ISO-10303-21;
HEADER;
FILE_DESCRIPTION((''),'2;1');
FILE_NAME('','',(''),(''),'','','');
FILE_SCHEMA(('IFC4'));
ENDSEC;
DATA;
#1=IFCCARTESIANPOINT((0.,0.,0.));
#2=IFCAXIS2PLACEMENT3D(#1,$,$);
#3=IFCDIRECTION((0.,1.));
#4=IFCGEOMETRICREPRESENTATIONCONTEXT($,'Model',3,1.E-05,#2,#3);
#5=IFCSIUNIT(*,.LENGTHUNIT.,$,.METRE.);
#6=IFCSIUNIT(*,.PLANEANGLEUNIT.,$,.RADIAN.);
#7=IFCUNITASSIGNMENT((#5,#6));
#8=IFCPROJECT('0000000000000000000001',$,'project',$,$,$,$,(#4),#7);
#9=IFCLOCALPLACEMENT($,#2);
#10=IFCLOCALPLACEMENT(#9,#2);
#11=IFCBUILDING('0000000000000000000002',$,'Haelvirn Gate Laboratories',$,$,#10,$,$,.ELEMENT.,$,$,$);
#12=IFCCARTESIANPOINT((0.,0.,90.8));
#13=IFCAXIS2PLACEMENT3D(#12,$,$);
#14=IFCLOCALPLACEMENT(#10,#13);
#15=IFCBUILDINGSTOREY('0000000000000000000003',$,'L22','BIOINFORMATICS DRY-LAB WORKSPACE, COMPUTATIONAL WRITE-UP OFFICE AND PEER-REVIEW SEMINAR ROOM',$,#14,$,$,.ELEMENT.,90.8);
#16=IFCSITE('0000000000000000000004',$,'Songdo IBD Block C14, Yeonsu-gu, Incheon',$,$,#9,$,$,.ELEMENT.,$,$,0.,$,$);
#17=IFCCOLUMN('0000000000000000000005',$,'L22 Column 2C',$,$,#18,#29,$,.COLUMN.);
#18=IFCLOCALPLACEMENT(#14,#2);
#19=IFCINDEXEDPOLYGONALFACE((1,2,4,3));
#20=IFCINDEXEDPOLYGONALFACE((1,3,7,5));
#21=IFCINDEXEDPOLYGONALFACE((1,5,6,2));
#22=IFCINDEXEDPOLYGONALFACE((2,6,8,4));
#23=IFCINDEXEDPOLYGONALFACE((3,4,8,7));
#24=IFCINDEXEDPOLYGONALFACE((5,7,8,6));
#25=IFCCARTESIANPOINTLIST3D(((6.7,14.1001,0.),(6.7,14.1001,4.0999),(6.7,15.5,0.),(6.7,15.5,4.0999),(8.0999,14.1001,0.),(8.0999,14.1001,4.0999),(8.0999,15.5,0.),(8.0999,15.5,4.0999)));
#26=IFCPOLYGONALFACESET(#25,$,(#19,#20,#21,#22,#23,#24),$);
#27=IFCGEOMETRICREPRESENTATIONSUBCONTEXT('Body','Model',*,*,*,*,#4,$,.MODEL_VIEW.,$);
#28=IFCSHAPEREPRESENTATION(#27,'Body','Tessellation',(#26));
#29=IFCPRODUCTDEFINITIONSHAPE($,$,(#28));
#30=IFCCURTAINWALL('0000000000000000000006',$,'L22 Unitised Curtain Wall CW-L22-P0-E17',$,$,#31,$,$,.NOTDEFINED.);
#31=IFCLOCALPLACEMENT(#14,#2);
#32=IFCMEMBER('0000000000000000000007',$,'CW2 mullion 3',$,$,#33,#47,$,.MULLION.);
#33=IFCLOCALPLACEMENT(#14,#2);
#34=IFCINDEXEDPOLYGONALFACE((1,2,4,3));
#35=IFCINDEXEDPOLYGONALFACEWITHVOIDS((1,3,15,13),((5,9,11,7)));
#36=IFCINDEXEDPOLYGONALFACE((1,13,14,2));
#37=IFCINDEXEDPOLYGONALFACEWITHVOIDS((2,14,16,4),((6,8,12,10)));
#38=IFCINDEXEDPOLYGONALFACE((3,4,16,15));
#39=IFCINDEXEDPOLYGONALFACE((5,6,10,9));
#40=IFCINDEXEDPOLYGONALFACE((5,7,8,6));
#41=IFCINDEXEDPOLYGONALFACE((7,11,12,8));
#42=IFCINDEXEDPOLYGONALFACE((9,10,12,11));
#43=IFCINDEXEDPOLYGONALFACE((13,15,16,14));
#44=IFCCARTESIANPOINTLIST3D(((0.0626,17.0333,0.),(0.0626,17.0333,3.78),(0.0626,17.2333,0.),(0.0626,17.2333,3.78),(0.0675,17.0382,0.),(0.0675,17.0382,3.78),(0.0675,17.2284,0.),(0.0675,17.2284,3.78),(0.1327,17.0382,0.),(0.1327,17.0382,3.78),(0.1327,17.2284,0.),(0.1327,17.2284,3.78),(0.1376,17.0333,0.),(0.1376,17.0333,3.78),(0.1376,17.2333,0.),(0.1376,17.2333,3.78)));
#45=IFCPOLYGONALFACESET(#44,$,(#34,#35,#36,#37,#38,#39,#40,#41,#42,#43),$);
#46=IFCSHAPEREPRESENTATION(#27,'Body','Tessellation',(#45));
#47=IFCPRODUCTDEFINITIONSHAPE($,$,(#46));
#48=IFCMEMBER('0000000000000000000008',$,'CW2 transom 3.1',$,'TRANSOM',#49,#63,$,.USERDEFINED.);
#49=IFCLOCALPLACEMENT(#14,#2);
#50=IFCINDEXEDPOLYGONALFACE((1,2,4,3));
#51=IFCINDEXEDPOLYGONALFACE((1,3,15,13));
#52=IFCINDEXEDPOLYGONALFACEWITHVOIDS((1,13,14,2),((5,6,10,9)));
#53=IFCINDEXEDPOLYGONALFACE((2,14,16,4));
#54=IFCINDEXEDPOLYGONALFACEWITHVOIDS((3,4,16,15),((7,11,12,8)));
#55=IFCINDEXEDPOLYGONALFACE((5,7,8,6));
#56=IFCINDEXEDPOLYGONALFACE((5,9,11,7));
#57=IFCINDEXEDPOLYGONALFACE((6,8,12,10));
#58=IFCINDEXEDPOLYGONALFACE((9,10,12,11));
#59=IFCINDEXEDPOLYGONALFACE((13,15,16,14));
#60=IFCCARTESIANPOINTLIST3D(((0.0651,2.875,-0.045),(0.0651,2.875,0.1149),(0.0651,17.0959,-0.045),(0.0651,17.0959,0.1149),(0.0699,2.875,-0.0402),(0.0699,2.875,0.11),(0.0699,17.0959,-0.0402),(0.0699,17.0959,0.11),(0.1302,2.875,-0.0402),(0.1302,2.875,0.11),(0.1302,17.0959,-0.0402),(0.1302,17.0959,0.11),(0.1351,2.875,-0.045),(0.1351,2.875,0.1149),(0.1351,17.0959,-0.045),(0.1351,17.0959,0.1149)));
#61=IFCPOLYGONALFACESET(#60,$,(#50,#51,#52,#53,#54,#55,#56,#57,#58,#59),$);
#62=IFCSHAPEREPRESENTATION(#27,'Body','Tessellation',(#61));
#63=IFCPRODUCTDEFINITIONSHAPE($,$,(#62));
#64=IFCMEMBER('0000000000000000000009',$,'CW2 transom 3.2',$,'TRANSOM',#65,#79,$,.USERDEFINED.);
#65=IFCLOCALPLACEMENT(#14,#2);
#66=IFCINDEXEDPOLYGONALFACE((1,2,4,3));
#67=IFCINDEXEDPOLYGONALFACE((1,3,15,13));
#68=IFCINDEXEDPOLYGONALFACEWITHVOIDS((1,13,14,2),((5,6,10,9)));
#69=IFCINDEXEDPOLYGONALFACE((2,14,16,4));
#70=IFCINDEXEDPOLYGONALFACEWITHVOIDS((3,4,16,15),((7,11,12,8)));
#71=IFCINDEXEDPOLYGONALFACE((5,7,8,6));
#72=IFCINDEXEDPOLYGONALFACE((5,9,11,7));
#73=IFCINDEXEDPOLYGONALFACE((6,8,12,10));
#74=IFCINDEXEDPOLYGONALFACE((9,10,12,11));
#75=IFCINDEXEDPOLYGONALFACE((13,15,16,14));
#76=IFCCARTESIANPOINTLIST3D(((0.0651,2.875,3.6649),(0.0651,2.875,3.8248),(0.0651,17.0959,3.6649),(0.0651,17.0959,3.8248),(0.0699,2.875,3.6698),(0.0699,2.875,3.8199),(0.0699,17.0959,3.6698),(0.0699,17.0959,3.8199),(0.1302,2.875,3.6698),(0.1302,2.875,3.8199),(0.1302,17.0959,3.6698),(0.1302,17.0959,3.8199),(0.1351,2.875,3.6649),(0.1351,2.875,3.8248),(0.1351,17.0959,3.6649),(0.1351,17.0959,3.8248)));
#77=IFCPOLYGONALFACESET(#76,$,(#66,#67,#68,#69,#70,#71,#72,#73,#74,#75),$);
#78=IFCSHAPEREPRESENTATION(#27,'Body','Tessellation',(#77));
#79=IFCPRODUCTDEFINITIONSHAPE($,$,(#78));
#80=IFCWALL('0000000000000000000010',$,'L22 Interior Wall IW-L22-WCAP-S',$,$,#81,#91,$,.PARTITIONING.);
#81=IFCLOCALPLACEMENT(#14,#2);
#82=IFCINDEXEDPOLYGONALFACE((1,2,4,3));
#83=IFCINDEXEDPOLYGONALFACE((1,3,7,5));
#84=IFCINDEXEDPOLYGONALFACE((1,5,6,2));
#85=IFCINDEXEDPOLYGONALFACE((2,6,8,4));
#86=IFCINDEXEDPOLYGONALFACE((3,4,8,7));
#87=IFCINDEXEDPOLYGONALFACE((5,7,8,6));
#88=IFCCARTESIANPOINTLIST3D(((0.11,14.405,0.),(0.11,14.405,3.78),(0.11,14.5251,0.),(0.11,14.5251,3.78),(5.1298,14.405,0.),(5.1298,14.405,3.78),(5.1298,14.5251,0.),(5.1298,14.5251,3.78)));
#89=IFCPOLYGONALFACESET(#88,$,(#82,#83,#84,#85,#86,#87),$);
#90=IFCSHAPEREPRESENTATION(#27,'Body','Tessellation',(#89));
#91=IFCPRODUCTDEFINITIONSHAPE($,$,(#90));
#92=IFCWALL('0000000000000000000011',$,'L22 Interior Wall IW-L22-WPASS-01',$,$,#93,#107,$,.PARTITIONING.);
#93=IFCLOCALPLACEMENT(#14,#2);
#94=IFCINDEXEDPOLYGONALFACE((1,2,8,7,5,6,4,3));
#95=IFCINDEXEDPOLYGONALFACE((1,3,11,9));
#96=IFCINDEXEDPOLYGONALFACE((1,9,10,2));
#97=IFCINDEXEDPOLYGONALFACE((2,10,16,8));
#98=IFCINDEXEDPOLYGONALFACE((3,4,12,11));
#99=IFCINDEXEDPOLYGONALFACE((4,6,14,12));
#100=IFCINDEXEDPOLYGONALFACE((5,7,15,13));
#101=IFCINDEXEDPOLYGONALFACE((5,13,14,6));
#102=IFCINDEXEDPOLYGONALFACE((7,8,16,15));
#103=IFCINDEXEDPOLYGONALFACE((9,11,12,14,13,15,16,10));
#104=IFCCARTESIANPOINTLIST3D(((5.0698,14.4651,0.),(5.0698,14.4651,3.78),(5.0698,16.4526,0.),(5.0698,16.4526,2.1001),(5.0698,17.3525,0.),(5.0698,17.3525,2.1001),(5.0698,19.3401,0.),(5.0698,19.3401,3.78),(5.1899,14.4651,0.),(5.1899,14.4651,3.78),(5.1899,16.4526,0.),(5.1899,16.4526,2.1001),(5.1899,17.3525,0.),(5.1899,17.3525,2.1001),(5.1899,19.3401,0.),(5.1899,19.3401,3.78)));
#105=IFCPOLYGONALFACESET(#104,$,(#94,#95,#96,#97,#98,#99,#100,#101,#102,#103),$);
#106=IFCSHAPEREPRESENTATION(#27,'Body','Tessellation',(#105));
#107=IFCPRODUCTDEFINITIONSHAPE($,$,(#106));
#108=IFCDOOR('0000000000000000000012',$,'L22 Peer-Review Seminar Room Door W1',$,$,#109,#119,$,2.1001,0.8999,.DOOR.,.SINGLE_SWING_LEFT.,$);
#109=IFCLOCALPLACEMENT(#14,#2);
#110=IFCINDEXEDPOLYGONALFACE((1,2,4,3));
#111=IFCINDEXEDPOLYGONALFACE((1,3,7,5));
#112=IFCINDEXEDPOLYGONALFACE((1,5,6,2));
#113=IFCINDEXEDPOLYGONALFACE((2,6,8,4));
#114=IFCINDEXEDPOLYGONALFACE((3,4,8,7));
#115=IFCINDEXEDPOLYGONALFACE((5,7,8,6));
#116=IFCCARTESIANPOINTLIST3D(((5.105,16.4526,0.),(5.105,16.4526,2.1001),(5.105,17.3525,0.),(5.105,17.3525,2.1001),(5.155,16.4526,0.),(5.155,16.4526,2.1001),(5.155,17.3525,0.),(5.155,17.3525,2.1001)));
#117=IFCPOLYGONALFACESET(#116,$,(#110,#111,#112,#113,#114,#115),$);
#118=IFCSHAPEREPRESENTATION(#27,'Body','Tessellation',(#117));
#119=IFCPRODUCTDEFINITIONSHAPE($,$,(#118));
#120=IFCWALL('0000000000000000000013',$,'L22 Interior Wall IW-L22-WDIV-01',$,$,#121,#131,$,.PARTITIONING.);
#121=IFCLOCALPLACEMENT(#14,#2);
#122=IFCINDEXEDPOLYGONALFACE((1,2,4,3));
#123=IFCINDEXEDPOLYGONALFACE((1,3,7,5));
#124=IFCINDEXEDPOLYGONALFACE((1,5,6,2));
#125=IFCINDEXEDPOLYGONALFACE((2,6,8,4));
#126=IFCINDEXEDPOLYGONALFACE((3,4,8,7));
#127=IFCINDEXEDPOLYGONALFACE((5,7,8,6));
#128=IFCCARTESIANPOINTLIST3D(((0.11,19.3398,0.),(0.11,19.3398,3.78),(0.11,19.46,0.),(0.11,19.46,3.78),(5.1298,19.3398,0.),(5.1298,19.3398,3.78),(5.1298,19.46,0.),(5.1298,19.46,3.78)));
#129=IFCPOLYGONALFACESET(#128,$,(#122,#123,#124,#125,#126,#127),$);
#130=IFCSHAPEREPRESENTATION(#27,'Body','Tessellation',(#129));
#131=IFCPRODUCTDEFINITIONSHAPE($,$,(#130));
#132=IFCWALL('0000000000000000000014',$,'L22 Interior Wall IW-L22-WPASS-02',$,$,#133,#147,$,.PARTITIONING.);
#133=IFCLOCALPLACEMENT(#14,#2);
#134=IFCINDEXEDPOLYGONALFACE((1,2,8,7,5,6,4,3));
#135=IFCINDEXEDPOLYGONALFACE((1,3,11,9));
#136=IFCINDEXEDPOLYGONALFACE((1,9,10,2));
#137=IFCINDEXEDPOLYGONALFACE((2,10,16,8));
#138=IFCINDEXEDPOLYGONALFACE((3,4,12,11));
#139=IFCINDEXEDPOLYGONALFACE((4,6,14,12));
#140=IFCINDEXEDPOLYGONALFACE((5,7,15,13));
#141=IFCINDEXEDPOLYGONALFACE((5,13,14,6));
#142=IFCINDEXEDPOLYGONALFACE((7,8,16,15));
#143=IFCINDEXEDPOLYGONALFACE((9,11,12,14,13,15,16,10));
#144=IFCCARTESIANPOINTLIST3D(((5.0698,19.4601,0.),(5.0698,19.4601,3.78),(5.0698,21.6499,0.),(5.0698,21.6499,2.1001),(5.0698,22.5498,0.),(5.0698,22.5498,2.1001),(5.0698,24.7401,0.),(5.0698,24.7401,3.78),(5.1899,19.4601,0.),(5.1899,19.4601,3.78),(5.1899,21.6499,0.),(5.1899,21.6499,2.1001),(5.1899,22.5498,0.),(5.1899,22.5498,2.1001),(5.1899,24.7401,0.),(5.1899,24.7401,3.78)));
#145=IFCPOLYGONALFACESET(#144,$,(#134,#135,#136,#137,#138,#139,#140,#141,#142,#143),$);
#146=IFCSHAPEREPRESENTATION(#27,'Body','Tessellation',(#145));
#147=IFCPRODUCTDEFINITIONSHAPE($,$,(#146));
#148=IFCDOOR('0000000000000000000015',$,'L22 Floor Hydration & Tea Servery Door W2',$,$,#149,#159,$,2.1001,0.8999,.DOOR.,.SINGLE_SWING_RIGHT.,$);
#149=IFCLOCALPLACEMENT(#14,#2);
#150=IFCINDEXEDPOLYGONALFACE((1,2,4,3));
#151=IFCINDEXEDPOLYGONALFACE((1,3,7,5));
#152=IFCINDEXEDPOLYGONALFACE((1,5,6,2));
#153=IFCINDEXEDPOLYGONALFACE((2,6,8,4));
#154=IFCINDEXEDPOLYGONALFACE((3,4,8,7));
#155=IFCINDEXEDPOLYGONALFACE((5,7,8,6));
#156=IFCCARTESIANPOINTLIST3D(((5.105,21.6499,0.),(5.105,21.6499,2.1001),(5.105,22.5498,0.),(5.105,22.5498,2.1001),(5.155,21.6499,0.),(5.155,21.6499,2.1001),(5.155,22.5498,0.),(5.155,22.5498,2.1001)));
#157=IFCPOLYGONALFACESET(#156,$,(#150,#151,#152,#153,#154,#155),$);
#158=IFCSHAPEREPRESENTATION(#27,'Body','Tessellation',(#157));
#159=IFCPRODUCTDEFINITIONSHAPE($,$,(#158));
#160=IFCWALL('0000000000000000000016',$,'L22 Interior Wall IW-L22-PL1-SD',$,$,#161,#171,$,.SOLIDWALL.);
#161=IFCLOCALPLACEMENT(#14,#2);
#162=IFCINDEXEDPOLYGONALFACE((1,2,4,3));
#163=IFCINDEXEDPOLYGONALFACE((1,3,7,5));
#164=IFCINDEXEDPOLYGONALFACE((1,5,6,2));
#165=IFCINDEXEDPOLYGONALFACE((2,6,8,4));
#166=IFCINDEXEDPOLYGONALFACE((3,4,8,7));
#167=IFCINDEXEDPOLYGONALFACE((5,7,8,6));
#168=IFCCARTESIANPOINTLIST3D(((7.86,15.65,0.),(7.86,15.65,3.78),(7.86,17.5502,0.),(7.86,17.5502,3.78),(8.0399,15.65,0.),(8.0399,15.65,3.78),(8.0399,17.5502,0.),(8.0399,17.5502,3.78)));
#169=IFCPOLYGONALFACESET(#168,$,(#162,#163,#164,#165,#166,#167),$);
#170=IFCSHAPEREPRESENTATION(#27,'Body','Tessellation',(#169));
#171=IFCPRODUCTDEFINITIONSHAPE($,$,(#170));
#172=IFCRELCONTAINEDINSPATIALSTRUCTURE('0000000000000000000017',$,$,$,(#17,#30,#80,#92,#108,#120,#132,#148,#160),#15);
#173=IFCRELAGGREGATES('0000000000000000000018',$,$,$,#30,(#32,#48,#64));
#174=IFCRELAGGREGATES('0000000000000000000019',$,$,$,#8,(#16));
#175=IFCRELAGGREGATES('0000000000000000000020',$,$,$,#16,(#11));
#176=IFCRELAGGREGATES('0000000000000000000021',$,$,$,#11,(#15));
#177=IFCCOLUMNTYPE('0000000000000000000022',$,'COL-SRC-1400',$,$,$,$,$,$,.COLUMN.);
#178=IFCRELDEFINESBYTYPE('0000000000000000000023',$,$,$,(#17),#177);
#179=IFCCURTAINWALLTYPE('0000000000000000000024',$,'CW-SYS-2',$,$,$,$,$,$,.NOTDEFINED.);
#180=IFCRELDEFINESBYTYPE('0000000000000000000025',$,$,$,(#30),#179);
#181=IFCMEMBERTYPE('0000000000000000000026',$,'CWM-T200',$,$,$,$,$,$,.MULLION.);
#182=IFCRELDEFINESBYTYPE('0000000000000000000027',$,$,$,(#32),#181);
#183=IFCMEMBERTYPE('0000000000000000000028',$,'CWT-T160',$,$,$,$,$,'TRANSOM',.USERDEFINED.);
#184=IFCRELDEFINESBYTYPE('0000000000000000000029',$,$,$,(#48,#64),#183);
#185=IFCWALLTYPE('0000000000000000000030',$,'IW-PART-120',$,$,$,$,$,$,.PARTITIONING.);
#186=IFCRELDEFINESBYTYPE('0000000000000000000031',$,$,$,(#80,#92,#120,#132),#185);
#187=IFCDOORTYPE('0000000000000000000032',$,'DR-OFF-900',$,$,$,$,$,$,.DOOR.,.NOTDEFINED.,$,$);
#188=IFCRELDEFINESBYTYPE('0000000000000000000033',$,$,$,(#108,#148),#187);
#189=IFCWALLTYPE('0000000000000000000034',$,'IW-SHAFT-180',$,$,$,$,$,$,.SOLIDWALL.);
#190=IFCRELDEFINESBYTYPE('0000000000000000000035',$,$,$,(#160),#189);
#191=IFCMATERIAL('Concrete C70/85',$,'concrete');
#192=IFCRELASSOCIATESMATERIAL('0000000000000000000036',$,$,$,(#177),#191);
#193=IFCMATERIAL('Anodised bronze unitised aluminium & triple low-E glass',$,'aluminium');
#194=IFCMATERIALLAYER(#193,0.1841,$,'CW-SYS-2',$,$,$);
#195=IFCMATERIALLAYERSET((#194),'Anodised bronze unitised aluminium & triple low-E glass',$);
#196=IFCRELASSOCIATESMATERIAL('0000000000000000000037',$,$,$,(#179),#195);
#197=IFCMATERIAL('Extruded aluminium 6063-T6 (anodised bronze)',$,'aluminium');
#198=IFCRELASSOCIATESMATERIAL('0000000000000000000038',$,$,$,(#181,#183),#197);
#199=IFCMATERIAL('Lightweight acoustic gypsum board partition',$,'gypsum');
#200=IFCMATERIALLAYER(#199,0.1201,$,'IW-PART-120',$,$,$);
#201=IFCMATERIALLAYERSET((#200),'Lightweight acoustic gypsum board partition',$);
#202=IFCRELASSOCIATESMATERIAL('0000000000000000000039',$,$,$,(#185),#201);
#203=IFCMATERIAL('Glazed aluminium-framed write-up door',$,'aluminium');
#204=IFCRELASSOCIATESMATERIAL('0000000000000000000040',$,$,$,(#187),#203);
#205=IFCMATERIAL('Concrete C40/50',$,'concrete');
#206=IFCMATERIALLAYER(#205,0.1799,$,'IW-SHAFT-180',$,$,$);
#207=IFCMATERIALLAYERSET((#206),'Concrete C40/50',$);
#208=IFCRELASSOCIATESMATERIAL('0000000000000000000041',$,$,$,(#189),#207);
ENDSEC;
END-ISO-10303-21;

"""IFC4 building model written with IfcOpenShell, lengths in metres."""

from ifc_helpers import new_model, si_unit, direction, frame, frame_2d, origin, origin_2d, place, context, subcontext, project, spatial, rectangle, hollow_rectangle, extrude, source, transform, mapped, material, layer, layer_set, material_profile, profile_set, type_object, type_shapes, element, fill, aggregate, save


model = new_model("IFC4")

# Units and contexts
model_context = context("Model", 3, precision=1e-05, world=origin(), true_north=direction((0.0, 1.0)))
body_context = subcontext(model_context, "Body", "Model", "MODEL_VIEW")
ifc_project = project(units=[si_unit("LENGTHUNIT", "METRE"), si_unit("PLANEANGLEUNIT", "RADIAN")], contexts=[model_context])

# Site, building, storey
site_placement = place(None, origin())
site = spatial("IfcSite", under=ifc_project, at=site_placement, Name="Songdo IBD Block C14, Yeonsu-gu, Incheon", CompositionType="ELEMENT", RefElevation=0.0)
building_placement = place(site_placement, origin())
building = spatial("IfcBuilding", under=site, at=building_placement, Name="Haelvirn Gate Laboratories", CompositionType="ELEMENT")
storey_placement = place(building_placement, frame((0.0, 0.0, 90.8)))
storey = spatial("IfcBuildingStorey", under=building, at=storey_placement, Name="L22", Description="BIOINFORMATICS DRY-LAB WORKSPACE, COMPUTATIONAL WRITE-UP OFFICE AND PEER-REVIEW SEMINAR ROOM", CompositionType="ELEMENT", Elevation=90.8)

# Column
ifc_material_1 = material(Name="Concrete C70/85", Category="concrete")
ifc_material_profile_1 = material_profile(ifc_material_1, rectangle(XDim=1.3999, YDim=1.3999, at=origin_2d()), Name="SRC-1400x1400")
ifc_profile_set_1 = profile_set([ifc_material_profile_1], Name="Concrete C70/85")
column_type = type_object("IfcColumnType", Name="COL-SRC-1400", PredefinedType="COLUMN", material=ifc_profile_set_1)
shared_shape_1 = source(origin(), body_context, "Body", "SweptSolid", [
    extrude(rectangle(XDim=1.3999, YDim=1.3999, at=origin_2d()), origin(), (0.0, 0.0, 1.0), 4.0999),
])
type_shapes(column_type, [shared_shape_1])
column_placement = place(storey_placement, frame((7.3999, 14.8, 0.0), z_axis=(0.0, 0.0, 1.0), x_axis=(1.0, 0.0, 0.0)))
element("IfcColumn", 1, at=column_placement, inside=storey, type_object=column_type, Name="L22 Column 2C", PredefinedType="COLUMN", context=body_context, shape_type="MappedRepresentation", body=[
    mapped(shared_shape_1, transform((0.0, 0.0, 0.0), scale=1.0)),
])

# Curtain wall, members
ifc_material_2 = material(Name="Anodised bronze unitised aluminium & triple low-E glass", Category="aluminium")
ifc_layer_1 = layer(ifc_material_2, 0.1841, Name="CW-SYS-2")
ifc_layer_set_1 = layer_set([ifc_layer_1], Name="Anodised bronze unitised aluminium & triple low-E glass")
curtain_wall_type = type_object("IfcCurtainWallType", Name="CW-SYS-2", PredefinedType="NOTDEFINED", material=ifc_layer_set_1)
curtain_wall_placement = place(storey_placement, origin())
curtain_wall = element("IfcCurtainWall", 2, at=curtain_wall_placement, inside=storey, type_object=curtain_wall_type, Name="L22 Unitised Curtain Wall CW-L22-P0-E17", PredefinedType="NOTDEFINED")
ifc_material_3 = material(Name="Extruded aluminium 6063-T6 (anodised bronze)", Category="aluminium")
ifc_material_profile_2 = material_profile(ifc_material_3, hollow_rectangle(XDim=0.075, YDim=0.2, WallThickness=0.0049, at=origin_2d()), Name="CWM-200x75x5")
ifc_profile_set_2 = profile_set([ifc_material_profile_2], Name="Extruded aluminium 6063-T6 (anodised bronze)")
member_type_1 = type_object("IfcMemberType", Name="CWM-T200", PredefinedType="MULLION", material=ifc_profile_set_2)
shared_shape_2 = source(origin(), body_context, "Body", "SweptSolid", [
    extrude(hollow_rectangle(XDim=0.075, YDim=0.2, WallThickness=0.0049, at=origin_2d()), origin(), (0.0, 0.0, 1.0), 3.78),
])
type_shapes(member_type_1, [shared_shape_2])
member_1_placement = place(storey_placement, frame((0.1001, 17.1333, 0.0), z_axis=(0.0, 0.0, 1.0), x_axis=(1.0, 0.0, 0.0)))
member_1 = element("IfcMember", 3, at=member_1_placement, type_object=member_type_1, Name="CW2 mullion 3", PredefinedType="MULLION", context=body_context, shape_type="MappedRepresentation", body=[
    mapped(shared_shape_2, transform((0.0, 0.0, 0.0), scale=1.0)),
])
ifc_material_profile_3 = material_profile(ifc_material_3, hollow_rectangle(XDim=0.0701, YDim=0.1599, WallThickness=0.0049, at=origin_2d()), Name="CWT-160x70x5")
ifc_profile_set_3 = profile_set([ifc_material_profile_3], Name="Extruded aluminium 6063-T6 (anodised bronze)")
member_type_2 = type_object("IfcMemberType", Name="CWT-T160", ElementType="TRANSOM", PredefinedType="USERDEFINED", material=ifc_profile_set_3)
shared_shape_3 = source(origin(), body_context, "Body", "SweptSolid", [
    extrude(hollow_rectangle(XDim=0.0701, YDim=0.1599, WallThickness=0.0049, at=origin_2d()), origin(), (0.0, 0.0, 1.0), 14.2209),
])
type_shapes(member_type_2, [shared_shape_3])
member_2_placement = place(storey_placement, frame((0.1001, 17.0959, 0.0349), z_axis=(0.0, -1.0, 0.0), x_axis=(1.0, 0.0, 0.0)))
member_2 = element("IfcMember", 4, at=member_2_placement, type_object=member_type_2, Name="CW2 transom 3.1", ObjectType="TRANSOM", PredefinedType="USERDEFINED", context=body_context, shape_type="MappedRepresentation", body=[
    mapped(shared_shape_3, transform((0.0, 0.0, 0.0), scale=1.0)),
])
member_3_placement = place(storey_placement, frame((0.1001, 17.0959, 3.7449), z_axis=(0.0, -1.0, 0.0), x_axis=(1.0, 0.0, 0.0)))
member_3 = element("IfcMember", 5, at=member_3_placement, type_object=member_type_2, Name="CW2 transom 3.2", ObjectType="TRANSOM", PredefinedType="USERDEFINED", context=body_context, shape_type="MappedRepresentation", body=[
    mapped(shared_shape_3, transform((0.0, 0.0, 0.0), scale=1.0)),
])
aggregate(curtain_wall, [member_1, member_2, member_3])

# Wall
ifc_material_4 = material(Name="Lightweight acoustic gypsum board partition", Category="gypsum")
ifc_layer_2 = layer(ifc_material_4, 0.1201, Name="IW-PART-120")
ifc_layer_set_2 = layer_set([ifc_layer_2], Name="Lightweight acoustic gypsum board partition")
wall_type_1 = type_object("IfcWallType", Name="IW-PART-120", PredefinedType="PARTITIONING", material=ifc_layer_set_2)
wall_1_placement = place(storey_placement, frame((0.1101, 14.4651, 0.0), z_axis=(0.0, 0.0, 1.0), x_axis=(1.0, 0.0, 0.0)))
element("IfcWall", 6, at=wall_1_placement, inside=storey, type_object=wall_type_1, Name="L22 Interior Wall IW-L22-WCAP-S", PredefinedType="PARTITIONING", context=body_context, shape_type="SweptSolid", body=[
    extrude(rectangle(XDim=5.0198, YDim=0.1201, at=frame_2d((2.5098, 0.0))), origin(), (0.0, 0.0, 1.0), 3.78),
])

# Wall, opening, door
wall_2_placement = place(storey_placement, frame((5.1299, 14.4651, 0.0), z_axis=(0.0, 0.0, 1.0), x_axis=(0.0, 1.0, 0.0)))
wall_2 = element("IfcWall", 7, at=wall_2_placement, inside=storey, type_object=wall_type_1, Name="L22 Interior Wall IW-L22-WPASS-01", PredefinedType="PARTITIONING", context=body_context, shape_type="SweptSolid", body=[
    extrude(rectangle(XDim=4.875, YDim=0.1201, at=frame_2d((2.4375, 0.0))), origin(), (0.0, 0.0, 1.0), 3.78),
])
opening_1_placement = place(wall_2_placement, frame((1.9875, 0.0, 0.0)))
opening_1 = element("IfcOpeningElement", 8, at=opening_1_placement, cuts=wall_2, PredefinedType="OPENING", context=body_context, shape_type="SweptSolid", body=[
    extrude(rectangle(XDim=0.8999, YDim=2.1001, at=frame_2d((0.45, 1.05))), frame((0.0, 0.0701, 0.0), z_axis=(0.0, -1.0, 0.0), x_axis=(1.0, 0.0, 0.0)), (0.0, 0.0, 1.0), 0.1401),
])
ifc_material_5 = material(Name="Glazed aluminium-framed write-up door", Category="aluminium")
door_type_1 = type_object("IfcDoorType", Name="DR-OFF-900", OperationType="NOTDEFINED", PredefinedType="DOOR", material=ifc_material_5)
shared_shape_4 = source(origin(), body_context, "Body", "SweptSolid", [
    extrude(rectangle(XDim=0.8999, YDim=2.1001, at=frame_2d((0.45, 1.05))), frame((0.0, 0.0249, 0.0), z_axis=(0.0, -1.0, 0.0), x_axis=(1.0, 0.0, 0.0)), (0.0, 0.0, 1.0), 0.05),
])
type_shapes(door_type_1, [shared_shape_4])
door_1_placement = place(opening_1_placement, origin())
door_1 = element("IfcDoor", 9, at=door_1_placement, inside=storey, type_object=door_type_1, Name="L22 Peer-Review Seminar Room Door W1", OperationType="SINGLE_SWING_LEFT", OverallHeight=2.1001, OverallWidth=0.8999, PredefinedType="DOOR", context=body_context, shape_type="MappedRepresentation", body=[
    mapped(shared_shape_4, transform((0.0, 0.0, 0.0), scale=1.0)),
])
fill(opening_1, door_1)

# Wall
wall_3_placement = place(storey_placement, frame((0.1101, 19.3999, 0.0), z_axis=(0.0, 0.0, 1.0), x_axis=(1.0, 0.0, 0.0)))
element("IfcWall", 10, at=wall_3_placement, inside=storey, type_object=wall_type_1, Name="L22 Interior Wall IW-L22-WDIV-01", PredefinedType="PARTITIONING", context=body_context, shape_type="SweptSolid", body=[
    extrude(rectangle(XDim=5.0198, YDim=0.1201, at=frame_2d((2.5098, 0.0))), origin(), (0.0, 0.0, 1.0), 3.78),
])

# Wall, opening, door
wall_4_placement = place(storey_placement, frame((5.1299, 19.46, 0.0), z_axis=(0.0, 0.0, 1.0), x_axis=(0.0, 1.0, 0.0)))
wall_4 = element("IfcWall", 11, at=wall_4_placement, inside=storey, type_object=wall_type_1, Name="L22 Interior Wall IW-L22-WPASS-02", PredefinedType="PARTITIONING", context=body_context, shape_type="SweptSolid", body=[
    extrude(rectangle(XDim=5.28, YDim=0.1201, at=frame_2d((2.6401, 0.0))), origin(), (0.0, 0.0, 1.0), 3.78),
])
opening_2_placement = place(wall_4_placement, frame((2.1899, 0.0, 0.0)))
opening_2 = element("IfcOpeningElement", 12, at=opening_2_placement, cuts=wall_4, PredefinedType="OPENING", context=body_context, shape_type="SweptSolid", body=[
    extrude(rectangle(XDim=0.8999, YDim=2.1001, at=frame_2d((0.45, 1.05))), frame((0.0, 0.0701, 0.0), z_axis=(0.0, -1.0, 0.0), x_axis=(1.0, 0.0, 0.0)), (0.0, 0.0, 1.0), 0.1401),
])
door_2_placement = place(opening_2_placement, origin())
door_2 = element("IfcDoor", 13, at=door_2_placement, inside=storey, type_object=door_type_1, Name="L22 Floor Hydration & Tea Servery Door W2", OperationType="SINGLE_SWING_RIGHT", OverallHeight=2.1001, OverallWidth=0.8999, PredefinedType="DOOR", context=body_context, shape_type="MappedRepresentation", body=[
    mapped(shared_shape_4, transform((0.0, 0.0, 0.0), scale=1.0)),
])
fill(opening_2, door_2)

# Wall
ifc_material_6 = material(Name="Concrete C40/50", Category="concrete")
ifc_layer_3 = layer(ifc_material_6, 0.1799, Name="IW-SHAFT-180")
ifc_layer_set_3 = layer_set([ifc_layer_3], Name="Concrete C40/50")
wall_type_2 = type_object("IfcWallType", Name="IW-SHAFT-180", PredefinedType="SOLIDWALL", material=ifc_layer_set_3)
for number, where, z_axis, x_axis, name in (
    (14, (7.95, 15.6499, 0.0), (0.0, 0.0, 1.0), (0.0, 1.0, 0.0), "L22 Interior Wall IW-L22-PL1-SD"),
):
    element("IfcWall", number, at=place(storey_placement, frame(where, z_axis=z_axis, x_axis=x_axis)), inside=storey, type_object=wall_type_2, Name=name, PredefinedType="SOLIDWALL", context=body_context, shape_type="SweptSolid", body=[
        extrude(rectangle(XDim=1.9001, YDim=0.1799, at=frame_2d((0.9502, 0.0))), origin(), (0.0, 0.0, 1.0), 3.78),
    ])

save(model, "model.ifc")
